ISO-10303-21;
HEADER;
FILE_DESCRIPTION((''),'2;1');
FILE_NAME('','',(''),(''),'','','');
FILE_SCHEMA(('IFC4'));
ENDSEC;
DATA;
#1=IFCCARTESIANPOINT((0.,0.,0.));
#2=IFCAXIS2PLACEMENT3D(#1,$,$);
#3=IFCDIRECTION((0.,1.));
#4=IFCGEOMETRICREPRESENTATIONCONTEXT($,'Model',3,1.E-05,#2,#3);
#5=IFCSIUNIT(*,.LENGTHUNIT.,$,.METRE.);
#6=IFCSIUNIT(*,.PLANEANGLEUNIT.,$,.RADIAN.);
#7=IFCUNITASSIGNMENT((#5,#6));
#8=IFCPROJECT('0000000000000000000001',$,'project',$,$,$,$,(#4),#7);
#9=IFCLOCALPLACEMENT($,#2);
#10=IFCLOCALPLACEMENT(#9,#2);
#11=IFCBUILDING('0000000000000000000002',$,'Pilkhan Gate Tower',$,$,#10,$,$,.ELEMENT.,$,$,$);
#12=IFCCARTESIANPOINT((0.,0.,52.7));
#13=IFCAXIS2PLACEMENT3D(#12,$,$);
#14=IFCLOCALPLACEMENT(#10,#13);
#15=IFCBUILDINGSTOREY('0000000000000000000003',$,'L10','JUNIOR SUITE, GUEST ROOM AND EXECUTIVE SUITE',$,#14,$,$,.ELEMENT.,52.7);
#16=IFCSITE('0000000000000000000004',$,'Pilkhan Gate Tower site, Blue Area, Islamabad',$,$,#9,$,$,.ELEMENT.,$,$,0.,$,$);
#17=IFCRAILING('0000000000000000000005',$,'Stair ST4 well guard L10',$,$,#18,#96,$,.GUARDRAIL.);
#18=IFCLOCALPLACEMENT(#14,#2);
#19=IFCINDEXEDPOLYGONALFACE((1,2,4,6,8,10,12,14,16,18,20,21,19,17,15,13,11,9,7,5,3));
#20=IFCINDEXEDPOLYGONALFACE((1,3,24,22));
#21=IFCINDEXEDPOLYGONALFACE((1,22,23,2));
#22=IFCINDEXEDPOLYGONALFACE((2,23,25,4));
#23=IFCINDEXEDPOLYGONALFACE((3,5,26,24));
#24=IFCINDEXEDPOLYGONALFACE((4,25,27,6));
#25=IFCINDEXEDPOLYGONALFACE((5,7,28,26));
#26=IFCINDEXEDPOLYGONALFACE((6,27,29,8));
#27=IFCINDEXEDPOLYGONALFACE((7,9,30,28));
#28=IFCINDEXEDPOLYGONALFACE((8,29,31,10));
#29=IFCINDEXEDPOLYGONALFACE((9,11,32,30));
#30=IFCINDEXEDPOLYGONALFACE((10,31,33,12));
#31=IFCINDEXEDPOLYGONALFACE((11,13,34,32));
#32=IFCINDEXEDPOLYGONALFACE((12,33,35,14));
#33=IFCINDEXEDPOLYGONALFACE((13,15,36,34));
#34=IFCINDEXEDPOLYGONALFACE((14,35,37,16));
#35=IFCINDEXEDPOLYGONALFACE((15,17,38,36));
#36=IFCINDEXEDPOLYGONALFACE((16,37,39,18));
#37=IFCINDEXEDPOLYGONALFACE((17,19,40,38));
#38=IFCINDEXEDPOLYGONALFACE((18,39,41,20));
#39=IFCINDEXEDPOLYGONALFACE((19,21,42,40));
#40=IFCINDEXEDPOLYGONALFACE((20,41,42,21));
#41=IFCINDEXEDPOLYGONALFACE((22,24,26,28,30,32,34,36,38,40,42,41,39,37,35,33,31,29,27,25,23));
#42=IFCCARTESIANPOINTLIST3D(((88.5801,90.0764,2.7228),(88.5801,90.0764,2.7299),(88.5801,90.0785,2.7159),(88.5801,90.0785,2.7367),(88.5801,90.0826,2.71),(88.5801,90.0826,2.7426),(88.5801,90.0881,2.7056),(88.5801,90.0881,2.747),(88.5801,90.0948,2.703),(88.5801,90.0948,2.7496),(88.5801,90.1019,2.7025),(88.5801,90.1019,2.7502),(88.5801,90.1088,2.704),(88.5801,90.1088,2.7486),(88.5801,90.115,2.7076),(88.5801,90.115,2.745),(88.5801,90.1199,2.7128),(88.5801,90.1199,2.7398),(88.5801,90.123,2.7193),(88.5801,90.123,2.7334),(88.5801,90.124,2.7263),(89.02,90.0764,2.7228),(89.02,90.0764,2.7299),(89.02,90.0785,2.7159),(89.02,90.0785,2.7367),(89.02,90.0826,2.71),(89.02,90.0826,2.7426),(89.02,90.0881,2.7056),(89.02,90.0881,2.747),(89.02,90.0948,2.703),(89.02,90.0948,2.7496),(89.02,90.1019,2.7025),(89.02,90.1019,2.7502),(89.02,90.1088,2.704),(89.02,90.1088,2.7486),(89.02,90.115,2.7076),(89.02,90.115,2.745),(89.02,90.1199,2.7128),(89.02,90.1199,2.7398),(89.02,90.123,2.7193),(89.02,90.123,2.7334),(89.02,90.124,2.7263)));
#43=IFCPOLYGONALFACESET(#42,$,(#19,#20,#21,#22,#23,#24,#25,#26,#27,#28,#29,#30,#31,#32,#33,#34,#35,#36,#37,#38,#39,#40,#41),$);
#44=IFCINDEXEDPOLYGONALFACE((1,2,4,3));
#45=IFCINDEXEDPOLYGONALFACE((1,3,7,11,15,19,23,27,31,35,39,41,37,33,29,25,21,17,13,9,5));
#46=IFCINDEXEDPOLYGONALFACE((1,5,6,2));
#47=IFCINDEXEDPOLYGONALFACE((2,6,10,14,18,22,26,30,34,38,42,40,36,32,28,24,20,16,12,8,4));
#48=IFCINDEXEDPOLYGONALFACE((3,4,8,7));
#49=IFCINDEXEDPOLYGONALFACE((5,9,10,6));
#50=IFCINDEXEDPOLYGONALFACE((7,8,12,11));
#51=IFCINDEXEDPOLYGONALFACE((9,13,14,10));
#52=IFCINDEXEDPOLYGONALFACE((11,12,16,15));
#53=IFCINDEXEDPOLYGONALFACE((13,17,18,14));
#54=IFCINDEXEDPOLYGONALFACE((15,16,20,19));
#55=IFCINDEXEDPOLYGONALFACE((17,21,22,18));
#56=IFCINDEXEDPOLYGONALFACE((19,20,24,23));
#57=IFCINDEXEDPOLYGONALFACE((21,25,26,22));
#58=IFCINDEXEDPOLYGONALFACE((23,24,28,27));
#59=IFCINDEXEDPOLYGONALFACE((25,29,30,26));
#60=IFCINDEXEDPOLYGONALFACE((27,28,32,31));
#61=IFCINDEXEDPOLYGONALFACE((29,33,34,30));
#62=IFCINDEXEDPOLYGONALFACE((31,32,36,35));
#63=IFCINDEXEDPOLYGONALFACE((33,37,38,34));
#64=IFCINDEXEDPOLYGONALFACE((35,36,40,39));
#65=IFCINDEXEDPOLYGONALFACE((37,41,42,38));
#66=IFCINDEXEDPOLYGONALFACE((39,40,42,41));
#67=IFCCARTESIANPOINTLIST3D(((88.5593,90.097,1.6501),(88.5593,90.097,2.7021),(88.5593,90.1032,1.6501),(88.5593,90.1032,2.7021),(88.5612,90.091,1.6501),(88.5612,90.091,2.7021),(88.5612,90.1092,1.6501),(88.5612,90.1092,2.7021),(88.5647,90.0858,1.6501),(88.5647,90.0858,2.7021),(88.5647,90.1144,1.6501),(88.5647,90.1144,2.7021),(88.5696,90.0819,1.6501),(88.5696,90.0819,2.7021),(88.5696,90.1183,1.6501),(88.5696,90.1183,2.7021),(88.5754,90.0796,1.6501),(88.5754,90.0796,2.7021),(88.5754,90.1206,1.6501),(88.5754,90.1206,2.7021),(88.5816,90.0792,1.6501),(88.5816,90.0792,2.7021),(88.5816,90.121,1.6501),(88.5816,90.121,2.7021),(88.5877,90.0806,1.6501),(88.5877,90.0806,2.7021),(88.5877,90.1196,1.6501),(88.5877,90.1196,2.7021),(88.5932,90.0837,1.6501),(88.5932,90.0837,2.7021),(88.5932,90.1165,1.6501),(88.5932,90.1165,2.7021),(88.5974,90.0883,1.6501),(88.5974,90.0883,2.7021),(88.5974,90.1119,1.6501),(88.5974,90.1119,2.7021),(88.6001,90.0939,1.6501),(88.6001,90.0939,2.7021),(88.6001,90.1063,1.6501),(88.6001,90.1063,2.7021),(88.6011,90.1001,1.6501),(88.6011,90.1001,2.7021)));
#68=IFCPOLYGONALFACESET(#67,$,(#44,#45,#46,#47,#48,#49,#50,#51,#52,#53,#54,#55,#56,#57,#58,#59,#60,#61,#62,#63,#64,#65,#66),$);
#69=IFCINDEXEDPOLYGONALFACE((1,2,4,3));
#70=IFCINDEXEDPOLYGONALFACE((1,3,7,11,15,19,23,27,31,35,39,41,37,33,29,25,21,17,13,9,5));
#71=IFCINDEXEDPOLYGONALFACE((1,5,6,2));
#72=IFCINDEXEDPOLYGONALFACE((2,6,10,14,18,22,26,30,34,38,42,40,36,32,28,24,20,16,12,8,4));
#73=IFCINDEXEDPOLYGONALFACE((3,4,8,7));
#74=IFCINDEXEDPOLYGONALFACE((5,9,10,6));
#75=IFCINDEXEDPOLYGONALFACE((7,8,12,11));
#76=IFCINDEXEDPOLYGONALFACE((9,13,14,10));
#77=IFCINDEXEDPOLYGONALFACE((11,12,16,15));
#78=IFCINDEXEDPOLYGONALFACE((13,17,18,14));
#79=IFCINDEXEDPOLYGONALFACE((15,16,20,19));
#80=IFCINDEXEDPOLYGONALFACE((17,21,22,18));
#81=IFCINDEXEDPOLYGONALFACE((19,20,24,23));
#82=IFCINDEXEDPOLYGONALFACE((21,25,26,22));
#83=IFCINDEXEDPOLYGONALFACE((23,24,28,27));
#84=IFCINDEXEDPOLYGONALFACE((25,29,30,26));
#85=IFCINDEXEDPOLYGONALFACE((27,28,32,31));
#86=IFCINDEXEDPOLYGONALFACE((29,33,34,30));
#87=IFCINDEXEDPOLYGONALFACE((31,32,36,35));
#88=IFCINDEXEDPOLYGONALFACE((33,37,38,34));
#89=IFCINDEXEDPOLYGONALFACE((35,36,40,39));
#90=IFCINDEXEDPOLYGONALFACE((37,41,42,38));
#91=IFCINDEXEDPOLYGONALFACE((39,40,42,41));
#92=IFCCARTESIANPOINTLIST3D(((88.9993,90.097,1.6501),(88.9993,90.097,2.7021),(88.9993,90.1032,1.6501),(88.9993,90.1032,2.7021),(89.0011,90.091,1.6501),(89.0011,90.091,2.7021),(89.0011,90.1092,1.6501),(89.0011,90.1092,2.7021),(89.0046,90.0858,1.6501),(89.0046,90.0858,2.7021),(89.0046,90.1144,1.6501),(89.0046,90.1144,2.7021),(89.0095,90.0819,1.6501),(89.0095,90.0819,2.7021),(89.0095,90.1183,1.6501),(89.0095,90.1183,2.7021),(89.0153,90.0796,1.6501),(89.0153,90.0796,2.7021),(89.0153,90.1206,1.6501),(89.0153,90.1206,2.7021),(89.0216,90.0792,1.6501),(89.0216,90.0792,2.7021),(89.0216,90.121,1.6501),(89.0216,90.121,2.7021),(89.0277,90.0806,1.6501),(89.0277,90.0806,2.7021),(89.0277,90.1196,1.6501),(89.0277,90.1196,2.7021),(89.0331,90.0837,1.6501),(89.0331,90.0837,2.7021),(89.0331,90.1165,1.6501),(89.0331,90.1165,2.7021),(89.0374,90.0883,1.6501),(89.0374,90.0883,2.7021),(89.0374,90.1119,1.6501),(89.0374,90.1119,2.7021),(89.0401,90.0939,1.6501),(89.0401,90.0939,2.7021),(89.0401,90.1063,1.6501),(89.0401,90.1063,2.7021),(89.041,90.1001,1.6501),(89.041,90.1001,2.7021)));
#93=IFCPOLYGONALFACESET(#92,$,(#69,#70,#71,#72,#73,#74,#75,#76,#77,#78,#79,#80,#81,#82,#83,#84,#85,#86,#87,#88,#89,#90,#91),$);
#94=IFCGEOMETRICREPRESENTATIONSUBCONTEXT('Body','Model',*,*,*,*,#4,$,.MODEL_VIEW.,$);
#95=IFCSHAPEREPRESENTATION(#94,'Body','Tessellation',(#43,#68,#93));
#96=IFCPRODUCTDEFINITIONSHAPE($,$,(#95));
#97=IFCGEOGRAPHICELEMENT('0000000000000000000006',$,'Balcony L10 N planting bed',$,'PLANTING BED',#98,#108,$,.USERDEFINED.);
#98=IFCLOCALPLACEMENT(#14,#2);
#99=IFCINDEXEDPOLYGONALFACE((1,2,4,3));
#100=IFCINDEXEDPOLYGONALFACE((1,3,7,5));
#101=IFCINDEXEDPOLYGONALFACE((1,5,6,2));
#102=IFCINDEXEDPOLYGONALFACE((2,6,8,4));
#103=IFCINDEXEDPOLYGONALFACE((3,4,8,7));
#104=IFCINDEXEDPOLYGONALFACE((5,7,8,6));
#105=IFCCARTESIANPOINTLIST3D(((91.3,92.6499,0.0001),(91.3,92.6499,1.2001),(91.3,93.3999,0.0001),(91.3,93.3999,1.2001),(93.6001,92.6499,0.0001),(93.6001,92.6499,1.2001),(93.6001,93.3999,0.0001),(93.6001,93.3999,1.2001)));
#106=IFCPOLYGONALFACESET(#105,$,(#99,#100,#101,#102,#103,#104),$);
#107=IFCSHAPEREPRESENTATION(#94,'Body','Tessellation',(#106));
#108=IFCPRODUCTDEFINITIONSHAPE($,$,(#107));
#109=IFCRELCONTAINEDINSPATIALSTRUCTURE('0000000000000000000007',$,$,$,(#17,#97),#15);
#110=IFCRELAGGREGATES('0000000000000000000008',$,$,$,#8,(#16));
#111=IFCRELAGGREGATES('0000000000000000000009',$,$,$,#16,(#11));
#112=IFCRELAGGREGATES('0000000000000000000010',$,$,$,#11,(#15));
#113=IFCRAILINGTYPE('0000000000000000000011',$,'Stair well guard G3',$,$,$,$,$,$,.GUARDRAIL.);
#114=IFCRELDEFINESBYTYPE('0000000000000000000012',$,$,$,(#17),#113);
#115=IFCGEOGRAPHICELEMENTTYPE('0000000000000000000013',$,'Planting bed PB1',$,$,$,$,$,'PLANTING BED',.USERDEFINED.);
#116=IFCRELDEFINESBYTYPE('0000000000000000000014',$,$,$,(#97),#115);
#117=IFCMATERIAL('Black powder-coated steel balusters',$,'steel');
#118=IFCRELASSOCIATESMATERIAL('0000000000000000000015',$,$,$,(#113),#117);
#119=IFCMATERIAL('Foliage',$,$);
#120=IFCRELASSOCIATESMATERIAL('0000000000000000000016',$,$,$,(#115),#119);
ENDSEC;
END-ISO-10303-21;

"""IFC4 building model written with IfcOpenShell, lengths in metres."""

from ifc_helpers import new_model, si_unit, direction, frame, origin, origin_2d, place, context, subcontext, project, spatial, rectangle, circle, extrude, material, material_profile, profile_set, type_object, element, save


model = new_model("IFC4")

# Units and contexts
model_context = context("Model", 3, precision=1e-05, world=origin(), true_north=direction((0.0, 1.0)))
body_context = subcontext(model_context, "Body", "Model", "MODEL_VIEW")
ifc_project = project(units=[si_unit("LENGTHUNIT", "METRE"), si_unit("PLANEANGLEUNIT", "RADIAN")], contexts=[model_context])

# Site, building, storey
site_placement = place(None, origin())
site = spatial("IfcSite", under=ifc_project, at=site_placement, Name="Pilkhan Gate Tower site, Blue Area, Islamabad", CompositionType="ELEMENT", RefElevation=0.0)
building_placement = place(site_placement, origin())
building = spatial("IfcBuilding", under=site, at=building_placement, Name="Pilkhan Gate Tower", CompositionType="ELEMENT")
storey_placement = place(building_placement, frame((0.0, 0.0, 52.7)))
storey = spatial("IfcBuildingStorey", under=building, at=storey_placement, Name="L10", Description="JUNIOR SUITE, GUEST ROOM AND EXECUTIVE SUITE", CompositionType="ELEMENT", Elevation=52.7)

# Railing
ifc_material_1 = material(Name="Black powder-coated steel balusters", Category="steel")
railing_type_1 = type_object("IfcRailingType", Name="Stair well guard G3", PredefinedType="GUARDRAIL", material=ifc_material_1)
railing_1_placement = place(storey_placement, frame((88.5801, 90.1001, 1.6501)))
element("IfcRailing", 1, at=railing_1_placement, inside=storey, type_object=railing_type_1, Name="Stair ST4 well guard L10", PredefinedType="GUARDRAIL", context=body_context, shape_type="SweptSolid", body=[
    extrude(circle(Radius=0.0239, at=origin_2d()), frame((0.0, 0.0, 1.0762), z_axis=(1.0, 0.0, 0.0), x_axis=(0.0, 1.0, 0.0)), (0.0, 0.0, 1.0), 0.4399),
    extrude(circle(Radius=0.021, at=origin_2d()), origin(), (0.0, 0.0, 1.0), 1.052),
    extrude(circle(Radius=0.021, at=origin_2d()), frame((0.4399, 0.0, 0.0)), (0.0, 0.0, 1.0), 1.052),
])

# Geographic element
ifc_material_2 = material(Name="Foliage")
ifc_material_profile_1 = material_profile(ifc_material_2, rectangle(XDim=0.75, YDim=1.2, at=origin_2d()), Name="Bed 750x1200")
ifc_profile_set_1 = profile_set([ifc_material_profile_1], Name="Foliage")
geographic_element_type = type_object("IfcGeographicElementType", Name="Planting bed PB1", ElementType="PLANTING BED", PredefinedType="USERDEFINED", material=ifc_profile_set_1)
geographic_element_placement = place(storey_placement, frame((91.3, 93.0249, 0.6001), z_axis=(1.0, 0.0, 0.0), x_axis=(0.0, 1.0, 0.0)))
element("IfcGeographicElement", 2, at=geographic_element_placement, inside=storey, type_object=geographic_element_type, Name="Balcony L10 N planting bed", ObjectType="PLANTING BED", PredefinedType="USERDEFINED", context=body_context, shape_type="SweptSolid", body=[
    extrude(rectangle(XDim=0.75, YDim=1.2, at=origin_2d()), origin(), (0.0, 0.0, 1.0), 2.3),
])

save(model, "model.ifc")
